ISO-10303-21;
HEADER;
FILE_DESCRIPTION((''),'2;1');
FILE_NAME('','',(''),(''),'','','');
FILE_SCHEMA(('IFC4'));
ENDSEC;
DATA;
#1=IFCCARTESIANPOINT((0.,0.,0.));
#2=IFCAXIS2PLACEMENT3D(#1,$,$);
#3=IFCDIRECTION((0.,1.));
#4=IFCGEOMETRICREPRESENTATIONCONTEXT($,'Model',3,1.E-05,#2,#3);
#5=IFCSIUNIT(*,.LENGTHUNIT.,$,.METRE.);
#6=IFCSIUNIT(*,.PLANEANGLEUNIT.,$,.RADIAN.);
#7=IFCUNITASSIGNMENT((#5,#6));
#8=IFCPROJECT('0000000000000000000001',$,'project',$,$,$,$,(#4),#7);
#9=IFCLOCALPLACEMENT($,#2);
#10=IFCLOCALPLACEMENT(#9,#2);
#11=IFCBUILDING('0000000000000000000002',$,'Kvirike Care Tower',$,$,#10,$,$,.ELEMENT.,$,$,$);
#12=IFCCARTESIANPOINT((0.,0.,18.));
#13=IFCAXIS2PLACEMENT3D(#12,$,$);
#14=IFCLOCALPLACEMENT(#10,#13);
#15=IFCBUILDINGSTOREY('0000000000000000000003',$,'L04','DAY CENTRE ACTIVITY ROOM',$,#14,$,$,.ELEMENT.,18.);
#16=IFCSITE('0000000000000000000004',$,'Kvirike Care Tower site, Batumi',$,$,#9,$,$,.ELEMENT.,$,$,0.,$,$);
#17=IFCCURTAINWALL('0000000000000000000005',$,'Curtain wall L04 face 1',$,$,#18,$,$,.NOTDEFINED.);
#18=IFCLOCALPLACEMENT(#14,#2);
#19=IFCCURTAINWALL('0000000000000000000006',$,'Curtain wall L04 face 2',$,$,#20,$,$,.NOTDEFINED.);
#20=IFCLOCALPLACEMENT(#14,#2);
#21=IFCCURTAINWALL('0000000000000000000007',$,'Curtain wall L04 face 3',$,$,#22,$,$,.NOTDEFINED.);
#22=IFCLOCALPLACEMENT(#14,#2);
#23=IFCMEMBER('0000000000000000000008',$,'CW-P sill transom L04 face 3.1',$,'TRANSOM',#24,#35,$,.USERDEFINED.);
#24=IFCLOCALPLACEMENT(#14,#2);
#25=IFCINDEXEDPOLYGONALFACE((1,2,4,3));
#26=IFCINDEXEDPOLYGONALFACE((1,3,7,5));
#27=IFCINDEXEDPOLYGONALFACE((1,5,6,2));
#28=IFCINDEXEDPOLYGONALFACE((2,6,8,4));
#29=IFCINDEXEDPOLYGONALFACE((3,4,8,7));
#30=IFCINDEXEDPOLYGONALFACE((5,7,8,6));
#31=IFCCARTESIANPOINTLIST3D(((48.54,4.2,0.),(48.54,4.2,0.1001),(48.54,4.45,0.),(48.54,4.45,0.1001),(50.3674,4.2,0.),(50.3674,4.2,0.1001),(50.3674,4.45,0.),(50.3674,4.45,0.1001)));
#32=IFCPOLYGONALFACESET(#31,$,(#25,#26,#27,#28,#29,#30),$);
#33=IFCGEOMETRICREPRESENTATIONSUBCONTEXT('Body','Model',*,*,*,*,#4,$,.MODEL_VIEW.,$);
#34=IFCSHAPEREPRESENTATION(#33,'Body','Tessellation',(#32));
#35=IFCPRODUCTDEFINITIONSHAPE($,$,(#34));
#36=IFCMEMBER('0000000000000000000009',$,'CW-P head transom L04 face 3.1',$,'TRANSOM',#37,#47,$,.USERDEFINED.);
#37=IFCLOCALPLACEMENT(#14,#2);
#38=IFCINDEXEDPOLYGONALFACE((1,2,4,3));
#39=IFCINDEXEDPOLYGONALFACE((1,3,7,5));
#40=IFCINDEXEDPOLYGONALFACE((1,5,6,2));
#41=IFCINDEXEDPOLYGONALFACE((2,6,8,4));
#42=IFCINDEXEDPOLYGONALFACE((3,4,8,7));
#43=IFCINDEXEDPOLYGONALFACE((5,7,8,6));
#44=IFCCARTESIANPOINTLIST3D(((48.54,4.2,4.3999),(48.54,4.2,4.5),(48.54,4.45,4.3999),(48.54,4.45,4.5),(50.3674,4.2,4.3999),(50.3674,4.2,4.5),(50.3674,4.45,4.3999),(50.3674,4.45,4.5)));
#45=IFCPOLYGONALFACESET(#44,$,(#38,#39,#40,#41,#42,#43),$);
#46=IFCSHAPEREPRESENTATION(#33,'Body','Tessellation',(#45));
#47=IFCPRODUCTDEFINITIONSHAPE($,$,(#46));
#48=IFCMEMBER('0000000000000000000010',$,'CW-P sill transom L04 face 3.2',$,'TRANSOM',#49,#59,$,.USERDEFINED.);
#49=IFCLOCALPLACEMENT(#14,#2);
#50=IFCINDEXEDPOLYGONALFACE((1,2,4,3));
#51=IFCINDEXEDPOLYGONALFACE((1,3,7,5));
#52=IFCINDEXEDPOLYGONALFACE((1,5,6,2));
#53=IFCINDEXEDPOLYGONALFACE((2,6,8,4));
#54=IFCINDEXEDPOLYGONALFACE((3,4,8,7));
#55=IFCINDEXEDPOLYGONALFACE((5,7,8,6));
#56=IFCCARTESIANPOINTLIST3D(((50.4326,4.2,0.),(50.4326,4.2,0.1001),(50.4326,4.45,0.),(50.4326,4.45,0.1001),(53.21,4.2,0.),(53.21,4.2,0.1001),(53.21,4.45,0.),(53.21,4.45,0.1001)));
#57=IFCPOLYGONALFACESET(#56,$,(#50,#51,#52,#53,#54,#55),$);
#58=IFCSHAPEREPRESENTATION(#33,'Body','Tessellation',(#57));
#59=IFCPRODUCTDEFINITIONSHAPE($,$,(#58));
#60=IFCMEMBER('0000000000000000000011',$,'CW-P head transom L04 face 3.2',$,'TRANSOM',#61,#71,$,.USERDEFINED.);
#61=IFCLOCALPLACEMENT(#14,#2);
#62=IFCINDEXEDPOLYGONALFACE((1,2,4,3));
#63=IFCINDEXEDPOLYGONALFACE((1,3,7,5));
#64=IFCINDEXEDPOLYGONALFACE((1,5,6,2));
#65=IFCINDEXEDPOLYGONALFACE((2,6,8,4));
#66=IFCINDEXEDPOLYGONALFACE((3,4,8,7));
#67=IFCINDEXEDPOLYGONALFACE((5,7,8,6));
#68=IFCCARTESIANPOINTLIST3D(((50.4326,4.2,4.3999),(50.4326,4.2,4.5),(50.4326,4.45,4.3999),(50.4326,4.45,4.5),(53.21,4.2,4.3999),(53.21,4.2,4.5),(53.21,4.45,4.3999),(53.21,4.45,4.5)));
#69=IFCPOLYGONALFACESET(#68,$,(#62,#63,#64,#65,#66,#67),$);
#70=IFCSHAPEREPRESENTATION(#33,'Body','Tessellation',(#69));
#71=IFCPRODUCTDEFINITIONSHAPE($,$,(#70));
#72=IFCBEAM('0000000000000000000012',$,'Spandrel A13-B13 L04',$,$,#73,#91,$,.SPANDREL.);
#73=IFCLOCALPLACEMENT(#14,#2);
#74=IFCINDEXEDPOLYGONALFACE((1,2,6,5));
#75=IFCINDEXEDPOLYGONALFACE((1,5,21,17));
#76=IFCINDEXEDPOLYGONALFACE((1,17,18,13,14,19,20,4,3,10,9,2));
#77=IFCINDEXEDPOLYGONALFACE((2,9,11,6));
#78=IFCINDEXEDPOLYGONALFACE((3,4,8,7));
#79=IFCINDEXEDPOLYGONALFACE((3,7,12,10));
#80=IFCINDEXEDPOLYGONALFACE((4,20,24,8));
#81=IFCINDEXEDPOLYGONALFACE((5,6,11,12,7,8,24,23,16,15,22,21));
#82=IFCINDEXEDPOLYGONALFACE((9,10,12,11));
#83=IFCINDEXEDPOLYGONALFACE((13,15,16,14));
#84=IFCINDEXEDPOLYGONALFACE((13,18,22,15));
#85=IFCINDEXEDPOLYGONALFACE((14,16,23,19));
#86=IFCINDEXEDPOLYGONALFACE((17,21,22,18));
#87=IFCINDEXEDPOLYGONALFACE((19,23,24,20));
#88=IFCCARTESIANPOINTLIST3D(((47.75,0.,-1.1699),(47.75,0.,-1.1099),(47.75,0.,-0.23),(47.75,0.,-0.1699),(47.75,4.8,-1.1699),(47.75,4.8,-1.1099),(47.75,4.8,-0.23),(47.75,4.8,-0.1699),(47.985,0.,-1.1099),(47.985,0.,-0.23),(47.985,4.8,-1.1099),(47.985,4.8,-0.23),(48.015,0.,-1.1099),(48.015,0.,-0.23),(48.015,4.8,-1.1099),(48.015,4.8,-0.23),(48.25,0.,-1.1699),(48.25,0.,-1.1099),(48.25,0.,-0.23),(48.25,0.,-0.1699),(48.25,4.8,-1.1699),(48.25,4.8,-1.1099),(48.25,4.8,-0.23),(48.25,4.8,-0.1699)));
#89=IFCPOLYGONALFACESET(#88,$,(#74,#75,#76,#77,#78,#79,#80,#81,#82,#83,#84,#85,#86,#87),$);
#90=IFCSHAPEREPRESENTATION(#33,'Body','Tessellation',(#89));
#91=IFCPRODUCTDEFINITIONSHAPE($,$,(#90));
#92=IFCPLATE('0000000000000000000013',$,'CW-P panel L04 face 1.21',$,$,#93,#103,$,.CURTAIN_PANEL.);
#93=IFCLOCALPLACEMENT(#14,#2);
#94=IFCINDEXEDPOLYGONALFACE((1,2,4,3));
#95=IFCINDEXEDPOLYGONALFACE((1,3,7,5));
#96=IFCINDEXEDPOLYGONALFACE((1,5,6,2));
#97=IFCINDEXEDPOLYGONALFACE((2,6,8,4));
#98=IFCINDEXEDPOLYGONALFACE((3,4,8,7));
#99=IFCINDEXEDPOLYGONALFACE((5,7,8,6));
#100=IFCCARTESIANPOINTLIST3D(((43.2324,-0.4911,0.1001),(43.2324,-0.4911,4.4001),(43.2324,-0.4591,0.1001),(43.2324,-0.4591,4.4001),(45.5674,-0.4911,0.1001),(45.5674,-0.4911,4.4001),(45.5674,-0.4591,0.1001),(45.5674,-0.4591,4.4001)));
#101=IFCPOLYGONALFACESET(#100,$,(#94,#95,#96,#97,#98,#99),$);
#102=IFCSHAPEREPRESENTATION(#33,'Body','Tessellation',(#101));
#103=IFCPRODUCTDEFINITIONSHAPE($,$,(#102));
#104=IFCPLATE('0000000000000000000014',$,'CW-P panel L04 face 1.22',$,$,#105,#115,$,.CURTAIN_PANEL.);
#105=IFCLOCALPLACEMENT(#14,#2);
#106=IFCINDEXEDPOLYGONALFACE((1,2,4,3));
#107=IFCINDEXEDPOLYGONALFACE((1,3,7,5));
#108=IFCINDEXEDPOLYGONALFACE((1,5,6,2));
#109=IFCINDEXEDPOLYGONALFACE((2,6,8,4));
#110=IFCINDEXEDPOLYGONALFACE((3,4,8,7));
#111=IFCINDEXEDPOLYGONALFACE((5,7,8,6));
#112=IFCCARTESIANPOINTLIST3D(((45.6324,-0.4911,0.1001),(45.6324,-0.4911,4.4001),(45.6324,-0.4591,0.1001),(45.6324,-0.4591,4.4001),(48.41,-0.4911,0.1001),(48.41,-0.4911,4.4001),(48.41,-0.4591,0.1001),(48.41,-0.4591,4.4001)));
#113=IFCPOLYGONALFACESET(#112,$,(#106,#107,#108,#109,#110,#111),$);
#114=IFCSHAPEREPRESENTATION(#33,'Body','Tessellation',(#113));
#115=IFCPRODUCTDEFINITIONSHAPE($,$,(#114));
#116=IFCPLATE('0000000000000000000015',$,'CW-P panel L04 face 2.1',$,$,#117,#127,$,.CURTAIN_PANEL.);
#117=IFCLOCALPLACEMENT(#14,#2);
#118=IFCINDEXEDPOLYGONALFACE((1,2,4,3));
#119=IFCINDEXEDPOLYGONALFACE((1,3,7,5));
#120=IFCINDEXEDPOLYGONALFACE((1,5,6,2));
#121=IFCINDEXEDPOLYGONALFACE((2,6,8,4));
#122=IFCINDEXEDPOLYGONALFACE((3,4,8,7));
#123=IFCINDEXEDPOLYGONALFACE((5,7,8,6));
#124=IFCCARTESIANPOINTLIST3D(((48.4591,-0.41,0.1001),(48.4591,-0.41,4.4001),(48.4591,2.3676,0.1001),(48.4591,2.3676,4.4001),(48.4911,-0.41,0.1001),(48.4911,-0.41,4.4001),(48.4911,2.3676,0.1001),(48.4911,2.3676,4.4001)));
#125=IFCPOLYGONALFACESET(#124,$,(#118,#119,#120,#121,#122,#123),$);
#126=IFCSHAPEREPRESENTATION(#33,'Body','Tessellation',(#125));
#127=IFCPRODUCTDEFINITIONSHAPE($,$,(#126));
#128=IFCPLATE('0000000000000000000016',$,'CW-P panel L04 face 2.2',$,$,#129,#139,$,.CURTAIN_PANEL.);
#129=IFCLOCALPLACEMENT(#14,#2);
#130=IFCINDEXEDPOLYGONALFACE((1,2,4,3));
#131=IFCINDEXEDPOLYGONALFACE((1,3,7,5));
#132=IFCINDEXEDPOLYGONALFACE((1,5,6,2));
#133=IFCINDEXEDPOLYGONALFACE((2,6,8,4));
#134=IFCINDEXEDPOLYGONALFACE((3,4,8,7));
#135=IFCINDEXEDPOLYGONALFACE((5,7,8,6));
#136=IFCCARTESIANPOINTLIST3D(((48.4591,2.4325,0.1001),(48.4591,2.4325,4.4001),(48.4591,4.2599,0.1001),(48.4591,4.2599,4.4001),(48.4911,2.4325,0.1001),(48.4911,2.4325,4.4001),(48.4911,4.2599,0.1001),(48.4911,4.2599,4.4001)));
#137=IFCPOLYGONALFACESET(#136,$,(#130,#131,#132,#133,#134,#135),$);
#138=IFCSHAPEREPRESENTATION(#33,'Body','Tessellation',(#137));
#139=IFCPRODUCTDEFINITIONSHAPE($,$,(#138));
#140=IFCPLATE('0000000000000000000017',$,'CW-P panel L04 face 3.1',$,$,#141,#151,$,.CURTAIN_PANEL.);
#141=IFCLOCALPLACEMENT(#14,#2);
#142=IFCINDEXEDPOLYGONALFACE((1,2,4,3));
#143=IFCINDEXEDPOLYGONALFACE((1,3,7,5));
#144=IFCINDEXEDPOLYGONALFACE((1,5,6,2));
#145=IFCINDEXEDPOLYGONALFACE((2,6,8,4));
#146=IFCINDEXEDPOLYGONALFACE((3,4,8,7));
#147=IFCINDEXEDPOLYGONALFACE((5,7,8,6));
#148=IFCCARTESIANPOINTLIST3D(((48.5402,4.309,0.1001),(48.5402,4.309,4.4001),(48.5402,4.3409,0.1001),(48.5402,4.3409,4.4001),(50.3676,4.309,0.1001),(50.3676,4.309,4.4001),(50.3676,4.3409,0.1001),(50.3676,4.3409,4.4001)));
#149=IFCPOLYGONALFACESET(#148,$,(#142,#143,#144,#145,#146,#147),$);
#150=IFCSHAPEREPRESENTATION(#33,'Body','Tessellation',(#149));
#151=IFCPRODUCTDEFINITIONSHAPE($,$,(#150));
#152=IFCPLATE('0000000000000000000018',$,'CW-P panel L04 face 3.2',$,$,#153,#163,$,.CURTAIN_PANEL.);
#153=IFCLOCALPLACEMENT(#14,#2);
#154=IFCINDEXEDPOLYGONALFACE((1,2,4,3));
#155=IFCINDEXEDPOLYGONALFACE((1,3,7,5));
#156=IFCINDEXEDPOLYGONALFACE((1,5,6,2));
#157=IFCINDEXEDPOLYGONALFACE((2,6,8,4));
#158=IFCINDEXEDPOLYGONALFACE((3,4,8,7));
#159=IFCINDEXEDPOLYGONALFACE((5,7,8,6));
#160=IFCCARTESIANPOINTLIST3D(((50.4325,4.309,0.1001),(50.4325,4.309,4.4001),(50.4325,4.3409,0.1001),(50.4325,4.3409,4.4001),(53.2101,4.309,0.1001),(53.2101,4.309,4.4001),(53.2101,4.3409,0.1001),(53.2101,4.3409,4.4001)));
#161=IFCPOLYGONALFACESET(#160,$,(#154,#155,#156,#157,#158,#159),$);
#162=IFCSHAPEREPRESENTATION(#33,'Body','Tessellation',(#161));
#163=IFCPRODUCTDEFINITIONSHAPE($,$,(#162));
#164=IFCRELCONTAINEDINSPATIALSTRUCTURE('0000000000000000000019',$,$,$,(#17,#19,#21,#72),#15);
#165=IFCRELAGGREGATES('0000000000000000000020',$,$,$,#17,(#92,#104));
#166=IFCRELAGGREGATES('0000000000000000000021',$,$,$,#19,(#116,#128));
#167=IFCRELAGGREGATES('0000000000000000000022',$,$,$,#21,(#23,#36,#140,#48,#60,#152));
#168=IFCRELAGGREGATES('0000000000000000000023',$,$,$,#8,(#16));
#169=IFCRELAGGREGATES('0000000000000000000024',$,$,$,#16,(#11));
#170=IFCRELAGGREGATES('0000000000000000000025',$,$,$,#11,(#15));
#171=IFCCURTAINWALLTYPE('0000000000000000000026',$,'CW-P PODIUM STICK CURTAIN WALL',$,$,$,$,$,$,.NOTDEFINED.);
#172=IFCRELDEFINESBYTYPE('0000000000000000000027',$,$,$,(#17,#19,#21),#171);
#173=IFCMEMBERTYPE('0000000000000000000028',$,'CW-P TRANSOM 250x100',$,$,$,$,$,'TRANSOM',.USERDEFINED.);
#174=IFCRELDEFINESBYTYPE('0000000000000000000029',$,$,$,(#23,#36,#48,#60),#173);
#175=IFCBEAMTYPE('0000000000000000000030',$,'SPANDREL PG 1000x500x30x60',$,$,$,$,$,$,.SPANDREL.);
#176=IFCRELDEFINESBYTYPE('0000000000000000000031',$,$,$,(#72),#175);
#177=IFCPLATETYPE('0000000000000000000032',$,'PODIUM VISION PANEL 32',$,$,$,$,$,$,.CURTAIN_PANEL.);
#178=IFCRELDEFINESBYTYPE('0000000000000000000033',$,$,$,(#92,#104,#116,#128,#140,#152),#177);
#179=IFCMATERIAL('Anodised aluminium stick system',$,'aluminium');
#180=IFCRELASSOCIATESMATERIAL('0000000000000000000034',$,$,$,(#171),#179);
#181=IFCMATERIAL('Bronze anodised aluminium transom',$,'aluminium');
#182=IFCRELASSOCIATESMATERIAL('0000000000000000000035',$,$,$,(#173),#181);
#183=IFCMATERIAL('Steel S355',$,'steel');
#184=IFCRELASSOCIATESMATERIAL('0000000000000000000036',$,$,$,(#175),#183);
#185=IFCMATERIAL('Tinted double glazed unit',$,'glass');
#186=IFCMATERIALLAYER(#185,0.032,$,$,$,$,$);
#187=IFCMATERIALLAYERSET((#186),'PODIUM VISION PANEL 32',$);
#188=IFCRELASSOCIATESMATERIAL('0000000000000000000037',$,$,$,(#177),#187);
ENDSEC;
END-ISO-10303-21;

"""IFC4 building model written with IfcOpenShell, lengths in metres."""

from ifc_helpers import new_model, si_unit, direction, frame, origin, origin_2d, place, context, subcontext, project, spatial, rectangle, i_section, extrude, material, layer, layer_set, material_profile, profile_set, type_object, element, aggregate, save


model = new_model("IFC4")

# Units and contexts
model_context = context("Model", 3, precision=1e-05, world=origin(), true_north=direction((0.0, 1.0)))
body_context = subcontext(model_context, "Body", "Model", "MODEL_VIEW")
ifc_project = project(units=[si_unit("LENGTHUNIT", "METRE"), si_unit("PLANEANGLEUNIT", "RADIAN")], contexts=[model_context])

# Site, building, storey
site_placement = place(None, origin())
site = spatial("IfcSite", under=ifc_project, at=site_placement, Name="Kvirike Care Tower site, Batumi", CompositionType="ELEMENT", RefElevation=0.0)
building_placement = place(site_placement, origin())
building = spatial("IfcBuilding", under=site, at=building_placement, Name="Kvirike Care Tower", CompositionType="ELEMENT")
storey_placement = place(building_placement, frame((0.0, 0.0, 18.0)))
storey = spatial("IfcBuildingStorey", under=building, at=storey_placement, Name="L04", Description="DAY CENTRE ACTIVITY ROOM", CompositionType="ELEMENT", Elevation=18.0)

# Curtain walls
ifc_material_1 = material(Name="Anodised aluminium stick system", Category="aluminium")
curtain_wall_type = type_object("IfcCurtainWallType", Name="CW-P PODIUM STICK CURTAIN WALL", PredefinedType="NOTDEFINED", material=ifc_material_1)
curtain_wall_1_placement = place(storey_placement, origin())
curtain_wall_1 = element("IfcCurtainWall", 1, at=curtain_wall_1_placement, inside=storey, type_object=curtain_wall_type, Name="Curtain wall L04 face 1", PredefinedType="NOTDEFINED")
curtain_wall_2_placement = place(storey_placement, origin())
curtain_wall_2 = element("IfcCurtainWall", 2, at=curtain_wall_2_placement, inside=storey, type_object=curtain_wall_type, Name="Curtain wall L04 face 2", PredefinedType="NOTDEFINED")
curtain_wall_3_placement = place(storey_placement, origin())
curtain_wall_3 = element("IfcCurtainWall", 3, at=curtain_wall_3_placement, inside=storey, type_object=curtain_wall_type, Name="Curtain wall L04 face 3", PredefinedType="NOTDEFINED")

# Members
ifc_material_2 = material(Name="Bronze anodised aluminium transom", Category="aluminium")
ifc_material_profile_1 = material_profile(ifc_material_2, rectangle(XDim=0.25, YDim=0.1001, at=origin_2d()), Name="CW-P TRANSOM 250x100")
ifc_profile_set_1 = profile_set([ifc_material_profile_1], Name="Bronze anodised aluminium transom")
member_type_1 = type_object("IfcMemberType", Name="CW-P TRANSOM 250x100", ElementType="TRANSOM", PredefinedType="USERDEFINED", material=ifc_profile_set_1)
member_1_placement = place(storey_placement, frame((48.54, 4.325, 0.05), z_axis=(1.0, 0.0, 0.0), x_axis=(0.0, 1.0, 0.0)))
member_1 = element("IfcMember", 4, at=member_1_placement, type_object=member_type_1, Name="CW-P sill transom L04 face 3.1", ObjectType="TRANSOM", PredefinedType="USERDEFINED", context=body_context, shape_type="SweptSolid", body=[
    extrude(rectangle(XDim=0.25, YDim=0.1001, at=origin_2d()), origin(), (0.0, 0.0, 1.0), 1.8274),
])
member_2_placement = place(storey_placement, frame((48.54, 4.325, 4.45), z_axis=(1.0, 0.0, 0.0), x_axis=(0.0, 1.0, 0.0)))
member_2 = element("IfcMember", 5, at=member_2_placement, type_object=member_type_1, Name="CW-P head transom L04 face 3.1", ObjectType="TRANSOM", PredefinedType="USERDEFINED", context=body_context, shape_type="SweptSolid", body=[
    extrude(rectangle(XDim=0.25, YDim=0.1001, at=origin_2d()), origin(), (0.0, 0.0, 1.0), 1.8274),
])
member_3_placement = place(storey_placement, frame((50.4326, 4.325, 0.05), z_axis=(1.0, 0.0, 0.0), x_axis=(0.0, 1.0, 0.0)))
member_3 = element("IfcMember", 6, at=member_3_placement, type_object=member_type_1, Name="CW-P sill transom L04 face 3.2", ObjectType="TRANSOM", PredefinedType="USERDEFINED", context=body_context, shape_type="SweptSolid", body=[
    extrude(rectangle(XDim=0.25, YDim=0.1001, at=origin_2d()), origin(), (0.0, 0.0, 1.0), 2.7773),
])
member_4_placement = place(storey_placement, frame((50.4326, 4.325, 4.45), z_axis=(1.0, 0.0, 0.0), x_axis=(0.0, 1.0, 0.0)))
member_4 = element("IfcMember", 7, at=member_4_placement, type_object=member_type_1, Name="CW-P head transom L04 face 3.2", ObjectType="TRANSOM", PredefinedType="USERDEFINED", context=body_context, shape_type="SweptSolid", body=[
    extrude(rectangle(XDim=0.25, YDim=0.1001, at=origin_2d()), origin(), (0.0, 0.0, 1.0), 2.7773),
])

# Beam
ifc_material_3 = material(Name="Steel S355", Category="steel")
ifc_material_profile_2 = material_profile(ifc_material_3, i_section(OverallWidth=0.5, OverallDepth=1.0, WebThickness=0.03, FlangeThickness=0.0601, at=origin_2d()), Name="PG 1000x500x30x60")
ifc_profile_set_2 = profile_set([ifc_material_profile_2], Name="Steel S355")
beam_type = type_object("IfcBeamType", Name="SPANDREL PG 1000x500x30x60", PredefinedType="SPANDREL", material=ifc_profile_set_2)
beam_placement = place(storey_placement, frame((48.0, 0.0, -0.6699), z_axis=(0.0, 1.0, 0.0), x_axis=(-1.0, 0.0, 0.0)))
element("IfcBeam", 8, at=beam_placement, inside=storey, type_object=beam_type, Name="Spandrel A13-B13 L04", PredefinedType="SPANDREL", context=body_context, shape_type="SweptSolid", body=[
    extrude(i_section(OverallWidth=0.5, OverallDepth=1.0, WebThickness=0.03, FlangeThickness=0.0601, at=origin_2d()), origin(), (0.0, 0.0, 1.0), 4.8),
])

# Plates
ifc_material_4 = material(Name="Tinted double glazed unit", Category="glass")
ifc_layer = layer(ifc_material_4, 0.032)
ifc_layer_set = layer_set([ifc_layer], Name="PODIUM VISION PANEL 32")
plate_type = type_object("IfcPlateType", Name="PODIUM VISION PANEL 32", PredefinedType="CURTAIN_PANEL", material=ifc_layer_set)
plate_1_placement = place(storey_placement, frame((44.3999, -0.4751, 0.1001), z_axis=(0.0, 0.0, 1.0), x_axis=(1.0, 0.0, 0.0)))
plate_1 = element("IfcPlate", 9, at=plate_1_placement, type_object=plate_type, Name="CW-P panel L04 face 1.21", PredefinedType="CURTAIN_PANEL", context=body_context, shape_type="SweptSolid", body=[
    extrude(rectangle(XDim=2.335, YDim=0.032, at=origin_2d()), origin(), (0.0, 0.0, 1.0), 4.3),
])
plate_2_placement = place(storey_placement, frame((47.0212, -0.4751, 0.1001), z_axis=(0.0, 0.0, 1.0), x_axis=(1.0, 0.0, 0.0)))
plate_2 = element("IfcPlate", 10, at=plate_2_placement, type_object=plate_type, Name="CW-P panel L04 face 1.22", PredefinedType="CURTAIN_PANEL", context=body_context, shape_type="SweptSolid", body=[
    extrude(rectangle(XDim=2.7776, YDim=0.032, at=origin_2d()), origin(), (0.0, 0.0, 1.0), 4.3),
])
aggregate(curtain_wall_1, [plate_1, plate_2])
plate_3_placement = place(storey_placement, frame((48.4751, 0.9788, 0.1001), z_axis=(0.0, 0.0, 1.0), x_axis=(0.0, 1.0, 0.0)))
plate_3 = element("IfcPlate", 11, at=plate_3_placement, type_object=plate_type, Name="CW-P panel L04 face 2.1", PredefinedType="CURTAIN_PANEL", context=body_context, shape_type="SweptSolid", body=[
    extrude(rectangle(XDim=2.7776, YDim=0.032, at=origin_2d()), origin(), (0.0, 0.0, 1.0), 4.3),
])
plate_4_placement = place(storey_placement, frame((48.4751, 3.3462, 0.1001), z_axis=(0.0, 0.0, 1.0), x_axis=(0.0, 1.0, 0.0)))
plate_4 = element("IfcPlate", 12, at=plate_4_placement, type_object=plate_type, Name="CW-P panel L04 face 2.2", PredefinedType="CURTAIN_PANEL", context=body_context, shape_type="SweptSolid", body=[
    extrude(rectangle(XDim=1.8274, YDim=0.032, at=origin_2d()), origin(), (0.0, 0.0, 1.0), 4.3),
])
aggregate(curtain_wall_2, [plate_3, plate_4])
plate_5_placement = place(storey_placement, frame((49.4539, 4.325, 0.1001), z_axis=(0.0, 0.0, 1.0), x_axis=(1.0, 0.0, 0.0)))
plate_5 = element("IfcPlate", 13, at=plate_5_placement, type_object=plate_type, Name="CW-P panel L04 face 3.1", PredefinedType="CURTAIN_PANEL", context=body_context, shape_type="SweptSolid", body=[
    extrude(rectangle(XDim=1.8274, YDim=0.032, at=origin_2d()), origin(), (0.0, 0.0, 1.0), 4.3),
])
plate_6_placement = place(storey_placement, frame((51.8213, 4.325, 0.1001), z_axis=(0.0, 0.0, 1.0), x_axis=(1.0, 0.0, 0.0)))
plate_6 = element("IfcPlate", 14, at=plate_6_placement, type_object=plate_type, Name="CW-P panel L04 face 3.2", PredefinedType="CURTAIN_PANEL", context=body_context, shape_type="SweptSolid", body=[
    extrude(rectangle(XDim=2.7776, YDim=0.032, at=origin_2d()), origin(), (0.0, 0.0, 1.0), 4.3),
])
aggregate(curtain_wall_3, [member_1, member_2, plate_5, member_3, member_4, plate_6])

save(model, "model.ifc")
